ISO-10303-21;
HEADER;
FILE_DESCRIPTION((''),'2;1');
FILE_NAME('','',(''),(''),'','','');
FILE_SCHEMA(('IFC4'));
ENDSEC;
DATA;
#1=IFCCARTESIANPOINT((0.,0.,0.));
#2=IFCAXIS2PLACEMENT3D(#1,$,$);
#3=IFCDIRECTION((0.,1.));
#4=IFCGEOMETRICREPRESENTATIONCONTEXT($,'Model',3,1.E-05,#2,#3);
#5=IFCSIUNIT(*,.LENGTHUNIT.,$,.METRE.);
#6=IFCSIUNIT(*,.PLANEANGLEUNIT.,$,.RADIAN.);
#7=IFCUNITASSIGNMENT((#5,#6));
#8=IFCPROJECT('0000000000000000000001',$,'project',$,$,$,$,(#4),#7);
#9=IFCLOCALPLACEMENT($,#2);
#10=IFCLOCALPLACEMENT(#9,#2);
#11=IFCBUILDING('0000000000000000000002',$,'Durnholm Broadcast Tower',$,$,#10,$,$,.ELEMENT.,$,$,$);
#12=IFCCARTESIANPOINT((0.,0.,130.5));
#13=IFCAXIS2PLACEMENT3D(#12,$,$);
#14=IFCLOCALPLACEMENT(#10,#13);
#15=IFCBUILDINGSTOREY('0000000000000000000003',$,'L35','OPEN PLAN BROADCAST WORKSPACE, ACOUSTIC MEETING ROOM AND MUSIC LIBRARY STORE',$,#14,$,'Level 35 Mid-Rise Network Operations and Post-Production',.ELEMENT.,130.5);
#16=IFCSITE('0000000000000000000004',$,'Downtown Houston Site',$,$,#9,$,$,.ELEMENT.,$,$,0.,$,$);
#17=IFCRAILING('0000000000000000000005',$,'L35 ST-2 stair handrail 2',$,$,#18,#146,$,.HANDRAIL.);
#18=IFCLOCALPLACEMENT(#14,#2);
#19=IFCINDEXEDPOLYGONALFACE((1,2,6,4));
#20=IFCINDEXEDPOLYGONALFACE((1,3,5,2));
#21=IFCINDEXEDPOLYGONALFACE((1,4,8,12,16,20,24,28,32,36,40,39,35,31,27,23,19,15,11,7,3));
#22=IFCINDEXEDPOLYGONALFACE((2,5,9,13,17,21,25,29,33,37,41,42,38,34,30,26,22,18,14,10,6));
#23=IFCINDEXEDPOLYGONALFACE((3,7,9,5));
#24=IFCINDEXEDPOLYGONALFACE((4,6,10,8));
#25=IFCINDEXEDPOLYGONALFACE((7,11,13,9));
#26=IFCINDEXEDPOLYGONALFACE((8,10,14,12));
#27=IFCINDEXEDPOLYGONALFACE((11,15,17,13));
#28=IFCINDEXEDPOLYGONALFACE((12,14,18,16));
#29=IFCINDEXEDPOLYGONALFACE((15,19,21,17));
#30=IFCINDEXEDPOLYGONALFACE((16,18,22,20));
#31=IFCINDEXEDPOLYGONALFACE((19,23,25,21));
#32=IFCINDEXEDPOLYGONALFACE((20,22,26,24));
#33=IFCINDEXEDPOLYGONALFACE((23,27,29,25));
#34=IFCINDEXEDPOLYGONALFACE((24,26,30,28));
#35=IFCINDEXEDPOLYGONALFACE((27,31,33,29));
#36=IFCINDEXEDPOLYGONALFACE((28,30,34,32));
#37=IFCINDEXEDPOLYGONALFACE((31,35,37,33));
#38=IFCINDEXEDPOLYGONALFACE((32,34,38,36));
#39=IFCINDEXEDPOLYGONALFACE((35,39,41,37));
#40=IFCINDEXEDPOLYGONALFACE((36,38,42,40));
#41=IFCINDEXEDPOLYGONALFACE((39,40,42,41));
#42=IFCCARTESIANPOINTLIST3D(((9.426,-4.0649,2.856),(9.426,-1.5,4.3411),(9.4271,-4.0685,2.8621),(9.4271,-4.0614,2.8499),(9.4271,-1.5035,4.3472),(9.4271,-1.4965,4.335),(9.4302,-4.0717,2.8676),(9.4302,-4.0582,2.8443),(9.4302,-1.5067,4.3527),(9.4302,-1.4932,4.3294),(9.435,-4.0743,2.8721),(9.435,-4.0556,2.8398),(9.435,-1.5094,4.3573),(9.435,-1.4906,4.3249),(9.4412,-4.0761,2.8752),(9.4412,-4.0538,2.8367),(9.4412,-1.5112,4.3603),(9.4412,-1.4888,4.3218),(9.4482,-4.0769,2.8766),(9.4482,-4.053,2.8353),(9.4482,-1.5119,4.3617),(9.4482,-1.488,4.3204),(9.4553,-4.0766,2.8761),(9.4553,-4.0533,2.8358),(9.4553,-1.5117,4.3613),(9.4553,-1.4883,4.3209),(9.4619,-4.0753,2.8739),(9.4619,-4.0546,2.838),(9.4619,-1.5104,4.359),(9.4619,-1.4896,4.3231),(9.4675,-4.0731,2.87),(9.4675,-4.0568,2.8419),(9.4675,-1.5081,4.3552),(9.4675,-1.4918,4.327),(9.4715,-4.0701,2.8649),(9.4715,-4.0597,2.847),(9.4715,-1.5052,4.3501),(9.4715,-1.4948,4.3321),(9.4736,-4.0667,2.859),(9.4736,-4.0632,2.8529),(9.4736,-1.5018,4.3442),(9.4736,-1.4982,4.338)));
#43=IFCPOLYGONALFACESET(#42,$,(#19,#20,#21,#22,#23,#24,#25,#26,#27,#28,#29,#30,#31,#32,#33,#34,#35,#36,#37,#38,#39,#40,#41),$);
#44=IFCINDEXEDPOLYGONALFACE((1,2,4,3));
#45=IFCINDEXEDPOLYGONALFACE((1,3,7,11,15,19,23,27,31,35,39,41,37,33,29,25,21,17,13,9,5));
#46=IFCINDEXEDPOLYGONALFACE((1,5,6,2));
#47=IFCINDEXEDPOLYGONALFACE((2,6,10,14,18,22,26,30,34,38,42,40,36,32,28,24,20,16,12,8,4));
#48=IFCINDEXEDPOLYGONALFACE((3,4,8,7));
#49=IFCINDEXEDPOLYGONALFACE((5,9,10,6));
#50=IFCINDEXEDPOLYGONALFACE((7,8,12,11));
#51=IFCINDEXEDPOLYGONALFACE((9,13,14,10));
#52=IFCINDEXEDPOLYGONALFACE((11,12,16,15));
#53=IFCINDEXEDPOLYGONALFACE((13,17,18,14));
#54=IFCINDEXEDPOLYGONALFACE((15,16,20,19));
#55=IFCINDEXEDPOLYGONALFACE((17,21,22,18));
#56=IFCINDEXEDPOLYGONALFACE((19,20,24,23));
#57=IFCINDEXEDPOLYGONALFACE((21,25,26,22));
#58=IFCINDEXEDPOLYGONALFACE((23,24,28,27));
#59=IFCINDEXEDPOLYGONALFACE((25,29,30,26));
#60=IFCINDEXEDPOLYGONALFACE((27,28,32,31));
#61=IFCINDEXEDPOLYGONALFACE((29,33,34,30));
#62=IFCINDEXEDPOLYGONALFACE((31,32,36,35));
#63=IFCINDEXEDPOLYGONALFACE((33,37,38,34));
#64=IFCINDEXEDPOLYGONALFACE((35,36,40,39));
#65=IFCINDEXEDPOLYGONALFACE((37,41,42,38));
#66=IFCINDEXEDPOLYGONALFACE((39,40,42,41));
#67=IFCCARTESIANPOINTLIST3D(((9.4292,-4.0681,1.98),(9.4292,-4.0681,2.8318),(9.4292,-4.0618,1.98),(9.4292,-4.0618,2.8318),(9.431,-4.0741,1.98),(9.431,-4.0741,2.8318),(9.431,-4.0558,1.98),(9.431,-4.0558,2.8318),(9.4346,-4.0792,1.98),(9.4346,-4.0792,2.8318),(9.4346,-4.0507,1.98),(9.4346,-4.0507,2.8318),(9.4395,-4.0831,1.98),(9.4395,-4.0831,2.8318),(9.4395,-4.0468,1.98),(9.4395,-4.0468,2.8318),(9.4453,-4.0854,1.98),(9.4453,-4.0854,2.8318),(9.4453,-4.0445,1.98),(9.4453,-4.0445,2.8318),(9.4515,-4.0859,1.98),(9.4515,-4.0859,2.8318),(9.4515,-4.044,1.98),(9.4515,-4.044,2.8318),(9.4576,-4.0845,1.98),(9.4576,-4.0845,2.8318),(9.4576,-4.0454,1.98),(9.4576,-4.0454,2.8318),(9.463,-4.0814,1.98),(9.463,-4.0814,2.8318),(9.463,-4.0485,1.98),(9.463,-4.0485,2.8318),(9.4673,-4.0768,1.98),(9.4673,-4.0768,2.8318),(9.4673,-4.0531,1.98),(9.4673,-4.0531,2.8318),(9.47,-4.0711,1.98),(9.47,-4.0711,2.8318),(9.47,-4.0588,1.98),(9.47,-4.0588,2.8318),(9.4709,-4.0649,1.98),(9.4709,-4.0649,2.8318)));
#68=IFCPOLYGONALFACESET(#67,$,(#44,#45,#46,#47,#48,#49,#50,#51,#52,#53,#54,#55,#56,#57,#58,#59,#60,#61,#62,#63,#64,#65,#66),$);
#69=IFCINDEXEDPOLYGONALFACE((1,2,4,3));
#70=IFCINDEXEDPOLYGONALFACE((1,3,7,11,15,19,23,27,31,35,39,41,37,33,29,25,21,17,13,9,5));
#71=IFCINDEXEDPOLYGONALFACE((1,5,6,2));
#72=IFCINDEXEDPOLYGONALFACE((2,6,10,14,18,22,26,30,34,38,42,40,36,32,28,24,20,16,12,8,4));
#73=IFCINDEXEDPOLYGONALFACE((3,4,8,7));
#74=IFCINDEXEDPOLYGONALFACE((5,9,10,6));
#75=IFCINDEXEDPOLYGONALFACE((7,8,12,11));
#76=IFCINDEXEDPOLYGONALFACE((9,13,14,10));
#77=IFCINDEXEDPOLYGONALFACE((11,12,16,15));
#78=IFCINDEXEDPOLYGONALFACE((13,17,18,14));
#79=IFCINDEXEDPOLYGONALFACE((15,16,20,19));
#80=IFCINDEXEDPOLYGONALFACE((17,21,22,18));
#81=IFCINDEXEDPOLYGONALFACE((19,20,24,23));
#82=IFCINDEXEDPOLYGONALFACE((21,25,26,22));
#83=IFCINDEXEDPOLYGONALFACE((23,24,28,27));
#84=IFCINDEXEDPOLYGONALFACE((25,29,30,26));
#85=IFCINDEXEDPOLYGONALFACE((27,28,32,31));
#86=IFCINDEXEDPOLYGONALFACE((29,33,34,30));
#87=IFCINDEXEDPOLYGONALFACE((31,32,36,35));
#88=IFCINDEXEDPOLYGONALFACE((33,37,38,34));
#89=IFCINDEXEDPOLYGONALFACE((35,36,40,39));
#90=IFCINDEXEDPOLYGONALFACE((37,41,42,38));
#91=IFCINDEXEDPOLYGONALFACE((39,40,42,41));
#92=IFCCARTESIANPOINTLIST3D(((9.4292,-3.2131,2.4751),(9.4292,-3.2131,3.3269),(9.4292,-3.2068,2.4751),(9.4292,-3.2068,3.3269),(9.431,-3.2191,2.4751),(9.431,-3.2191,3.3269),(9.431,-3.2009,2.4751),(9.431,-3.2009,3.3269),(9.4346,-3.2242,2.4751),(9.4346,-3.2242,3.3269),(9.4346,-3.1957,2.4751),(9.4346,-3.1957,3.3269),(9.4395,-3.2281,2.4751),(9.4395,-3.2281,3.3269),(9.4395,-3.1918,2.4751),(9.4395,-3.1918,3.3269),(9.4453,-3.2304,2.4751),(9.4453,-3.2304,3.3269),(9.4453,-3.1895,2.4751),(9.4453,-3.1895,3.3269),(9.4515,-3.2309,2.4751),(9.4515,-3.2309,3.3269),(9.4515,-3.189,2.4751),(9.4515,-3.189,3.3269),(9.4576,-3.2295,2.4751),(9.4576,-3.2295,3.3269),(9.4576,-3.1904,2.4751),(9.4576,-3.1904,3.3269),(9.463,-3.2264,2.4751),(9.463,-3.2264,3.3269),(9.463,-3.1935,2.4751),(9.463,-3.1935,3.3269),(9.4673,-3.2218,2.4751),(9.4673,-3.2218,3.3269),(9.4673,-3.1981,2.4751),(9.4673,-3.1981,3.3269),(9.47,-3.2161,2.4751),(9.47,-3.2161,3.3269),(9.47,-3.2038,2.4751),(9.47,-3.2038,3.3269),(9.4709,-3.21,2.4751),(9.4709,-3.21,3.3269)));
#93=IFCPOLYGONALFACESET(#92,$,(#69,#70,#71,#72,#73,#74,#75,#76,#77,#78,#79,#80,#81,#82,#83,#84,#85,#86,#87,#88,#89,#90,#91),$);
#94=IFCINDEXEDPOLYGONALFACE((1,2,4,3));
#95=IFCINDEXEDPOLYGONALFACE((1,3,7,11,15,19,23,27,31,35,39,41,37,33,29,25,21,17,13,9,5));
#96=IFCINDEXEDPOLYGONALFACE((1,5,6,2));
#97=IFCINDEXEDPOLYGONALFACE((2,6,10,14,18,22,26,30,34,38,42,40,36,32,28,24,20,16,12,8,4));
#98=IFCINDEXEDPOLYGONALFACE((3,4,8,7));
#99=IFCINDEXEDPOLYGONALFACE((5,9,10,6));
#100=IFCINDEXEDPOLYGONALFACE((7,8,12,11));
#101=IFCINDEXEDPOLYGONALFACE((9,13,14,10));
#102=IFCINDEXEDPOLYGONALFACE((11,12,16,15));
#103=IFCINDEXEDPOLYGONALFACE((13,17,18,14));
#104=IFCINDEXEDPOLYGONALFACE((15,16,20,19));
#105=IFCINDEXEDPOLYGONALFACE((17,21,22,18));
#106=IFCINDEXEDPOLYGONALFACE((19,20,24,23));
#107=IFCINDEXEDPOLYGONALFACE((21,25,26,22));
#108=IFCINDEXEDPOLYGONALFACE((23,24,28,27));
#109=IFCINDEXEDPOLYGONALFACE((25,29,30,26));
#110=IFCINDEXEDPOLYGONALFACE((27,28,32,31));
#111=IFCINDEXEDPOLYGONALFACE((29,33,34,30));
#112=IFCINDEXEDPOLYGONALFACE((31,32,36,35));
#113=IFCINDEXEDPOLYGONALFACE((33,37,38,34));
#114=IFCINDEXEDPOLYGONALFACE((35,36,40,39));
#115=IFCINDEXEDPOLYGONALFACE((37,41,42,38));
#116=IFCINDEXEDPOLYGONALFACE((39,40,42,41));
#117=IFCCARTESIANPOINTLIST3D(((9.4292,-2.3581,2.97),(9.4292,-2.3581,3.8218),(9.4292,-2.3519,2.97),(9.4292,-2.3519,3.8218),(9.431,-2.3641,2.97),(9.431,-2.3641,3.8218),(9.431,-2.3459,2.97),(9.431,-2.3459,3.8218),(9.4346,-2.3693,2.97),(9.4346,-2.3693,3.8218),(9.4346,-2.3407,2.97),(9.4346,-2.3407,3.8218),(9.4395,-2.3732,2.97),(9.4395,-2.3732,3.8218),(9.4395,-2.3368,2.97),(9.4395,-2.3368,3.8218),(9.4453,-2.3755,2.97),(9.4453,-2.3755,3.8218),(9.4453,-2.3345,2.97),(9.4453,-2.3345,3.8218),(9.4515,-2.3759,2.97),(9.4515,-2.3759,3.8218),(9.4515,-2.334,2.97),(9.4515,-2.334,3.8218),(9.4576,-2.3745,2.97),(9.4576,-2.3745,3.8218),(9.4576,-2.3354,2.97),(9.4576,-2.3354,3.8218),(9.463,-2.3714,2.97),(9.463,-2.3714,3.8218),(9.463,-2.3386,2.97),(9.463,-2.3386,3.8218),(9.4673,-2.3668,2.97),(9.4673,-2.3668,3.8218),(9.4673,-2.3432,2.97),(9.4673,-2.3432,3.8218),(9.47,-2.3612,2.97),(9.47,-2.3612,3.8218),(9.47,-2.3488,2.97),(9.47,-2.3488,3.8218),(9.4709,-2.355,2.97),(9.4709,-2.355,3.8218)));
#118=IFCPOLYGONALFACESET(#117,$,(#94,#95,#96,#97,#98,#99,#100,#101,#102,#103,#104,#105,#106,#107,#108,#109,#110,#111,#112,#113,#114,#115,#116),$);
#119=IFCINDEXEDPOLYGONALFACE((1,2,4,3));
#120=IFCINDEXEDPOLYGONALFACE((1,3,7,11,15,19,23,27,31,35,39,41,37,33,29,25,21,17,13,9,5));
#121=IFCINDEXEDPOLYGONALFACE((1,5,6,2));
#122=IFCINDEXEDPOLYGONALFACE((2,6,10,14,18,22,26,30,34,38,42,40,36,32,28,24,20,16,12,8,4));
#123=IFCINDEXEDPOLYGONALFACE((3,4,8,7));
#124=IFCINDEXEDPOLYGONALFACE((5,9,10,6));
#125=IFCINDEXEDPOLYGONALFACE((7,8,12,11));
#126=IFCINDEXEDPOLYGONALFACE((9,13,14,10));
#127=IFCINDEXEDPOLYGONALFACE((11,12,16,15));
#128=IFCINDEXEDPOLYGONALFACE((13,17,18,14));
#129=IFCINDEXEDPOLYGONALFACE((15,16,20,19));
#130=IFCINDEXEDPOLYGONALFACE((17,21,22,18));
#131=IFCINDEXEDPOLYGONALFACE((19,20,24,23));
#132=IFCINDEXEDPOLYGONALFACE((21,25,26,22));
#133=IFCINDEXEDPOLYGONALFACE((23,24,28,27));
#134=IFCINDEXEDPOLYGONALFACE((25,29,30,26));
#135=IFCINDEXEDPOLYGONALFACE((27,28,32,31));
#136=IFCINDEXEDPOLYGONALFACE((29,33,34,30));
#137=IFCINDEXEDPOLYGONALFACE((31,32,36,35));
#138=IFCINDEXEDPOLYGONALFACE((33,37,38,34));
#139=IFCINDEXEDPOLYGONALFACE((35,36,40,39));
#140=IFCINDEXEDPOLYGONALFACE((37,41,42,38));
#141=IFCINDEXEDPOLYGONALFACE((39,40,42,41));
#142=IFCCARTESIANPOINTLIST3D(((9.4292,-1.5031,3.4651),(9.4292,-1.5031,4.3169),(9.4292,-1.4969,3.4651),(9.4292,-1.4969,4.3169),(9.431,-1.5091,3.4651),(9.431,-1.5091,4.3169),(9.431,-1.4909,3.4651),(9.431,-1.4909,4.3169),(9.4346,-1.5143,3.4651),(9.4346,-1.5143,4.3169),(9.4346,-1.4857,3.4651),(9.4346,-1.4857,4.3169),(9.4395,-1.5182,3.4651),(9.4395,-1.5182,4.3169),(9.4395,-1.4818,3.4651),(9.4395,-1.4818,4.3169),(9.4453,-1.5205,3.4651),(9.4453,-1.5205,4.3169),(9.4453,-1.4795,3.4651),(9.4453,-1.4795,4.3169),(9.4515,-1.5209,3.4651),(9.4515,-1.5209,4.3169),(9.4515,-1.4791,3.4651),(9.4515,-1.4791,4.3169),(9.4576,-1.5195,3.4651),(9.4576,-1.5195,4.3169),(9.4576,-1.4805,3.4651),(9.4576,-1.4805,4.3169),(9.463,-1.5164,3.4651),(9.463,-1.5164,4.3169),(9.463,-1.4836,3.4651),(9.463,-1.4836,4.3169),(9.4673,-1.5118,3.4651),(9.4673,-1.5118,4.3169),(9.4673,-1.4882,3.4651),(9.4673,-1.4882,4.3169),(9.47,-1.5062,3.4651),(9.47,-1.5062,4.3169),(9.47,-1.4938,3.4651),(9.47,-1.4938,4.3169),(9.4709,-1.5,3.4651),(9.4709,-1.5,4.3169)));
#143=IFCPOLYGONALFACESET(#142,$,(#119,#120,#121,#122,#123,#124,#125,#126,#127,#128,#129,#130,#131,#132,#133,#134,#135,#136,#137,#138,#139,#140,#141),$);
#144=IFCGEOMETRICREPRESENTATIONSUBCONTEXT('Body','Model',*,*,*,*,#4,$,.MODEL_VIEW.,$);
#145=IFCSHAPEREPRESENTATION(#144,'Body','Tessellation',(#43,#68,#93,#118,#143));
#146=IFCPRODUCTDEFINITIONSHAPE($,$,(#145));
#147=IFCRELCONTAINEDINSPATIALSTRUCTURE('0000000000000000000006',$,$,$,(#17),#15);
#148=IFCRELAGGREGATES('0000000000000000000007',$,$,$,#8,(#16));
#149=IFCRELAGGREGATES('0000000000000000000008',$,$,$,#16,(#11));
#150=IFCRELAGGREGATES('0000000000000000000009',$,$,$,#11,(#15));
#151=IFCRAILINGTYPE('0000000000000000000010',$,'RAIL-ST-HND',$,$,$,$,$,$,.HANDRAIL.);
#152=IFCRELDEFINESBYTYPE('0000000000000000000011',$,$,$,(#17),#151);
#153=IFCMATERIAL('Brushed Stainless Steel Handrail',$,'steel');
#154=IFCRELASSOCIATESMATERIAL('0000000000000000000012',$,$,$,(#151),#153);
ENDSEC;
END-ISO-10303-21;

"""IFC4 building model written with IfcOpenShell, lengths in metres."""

from ifc_helpers import new_model, si_unit, direction, frame, origin, origin_2d, place, context, subcontext, project, spatial, circle, extrude, material, type_object, element, save


model = new_model("IFC4")

# Units and contexts
model_context = context("Model", 3, precision=1e-05, world=origin(), true_north=direction((0.0, 1.0)))
body_context = subcontext(model_context, "Body", "Model", "MODEL_VIEW")
ifc_project = project(units=[si_unit("LENGTHUNIT", "METRE"), si_unit("PLANEANGLEUNIT", "RADIAN")], contexts=[model_context])

# Site, building, storey
site_placement = place(None, origin())
site = spatial("IfcSite", under=ifc_project, at=site_placement, Name="Downtown Houston Site", CompositionType="ELEMENT", RefElevation=0.0)
building_placement = place(site_placement, origin())
building = spatial("IfcBuilding", under=site, at=building_placement, Name="Durnholm Broadcast Tower", CompositionType="ELEMENT")
storey_placement = place(building_placement, frame((0.0, 0.0, 130.5)))
storey = spatial("IfcBuildingStorey", under=building, at=storey_placement, Name="L35", Description="OPEN PLAN BROADCAST WORKSPACE, ACOUSTIC MEETING ROOM AND MUSIC LIBRARY STORE", LongName="Level 35 Mid-Rise Network Operations and Post-Production", CompositionType="ELEMENT", Elevation=130.5)

# Railing
ifc_material_1 = material(Name="Brushed Stainless Steel Handrail", Category="steel")
railing_type_1 = type_object("IfcRailingType", Name="RAIL-ST-HND", PredefinedType="HANDRAIL", material=ifc_material_1)
railing_1_placement = place(storey_placement, frame((9.45, -4.0649, 1.98)))
element("IfcRailing", 1, at=railing_1_placement, inside=storey, type_object=railing_type_1, Name="L35 ST-2 stair handrail 2", PredefinedType="HANDRAIL", context=body_context, shape_type="SweptSolid", body=[
    extrude(circle(Radius=0.0239, at=origin_2d()), frame((0.0, 0.0, 0.876), z_axis=(0.0, 0.865406, 0.501072), x_axis=(-1.0, 0.0, 0.0)), (0.0, 0.0, 1.0), 2.9639),
    extrude(circle(Radius=0.021, at=origin_2d()), origin(), (0.0, 0.0, 1.0), 0.8518),
    extrude(circle(Radius=0.021, at=origin_2d()), frame((0.0, 0.855, 0.4951)), (0.0, 0.0, 1.0), 0.8518),
    extrude(circle(Radius=0.021, at=origin_2d()), frame((0.0, 1.71, 0.99)), (0.0, 0.0, 1.0), 0.8518),
    extrude(circle(Radius=0.021, at=origin_2d()), frame((0.0, 2.5649, 1.4851)), (0.0, 0.0, 1.0), 0.8518),
])

save(model, "model.ifc")
